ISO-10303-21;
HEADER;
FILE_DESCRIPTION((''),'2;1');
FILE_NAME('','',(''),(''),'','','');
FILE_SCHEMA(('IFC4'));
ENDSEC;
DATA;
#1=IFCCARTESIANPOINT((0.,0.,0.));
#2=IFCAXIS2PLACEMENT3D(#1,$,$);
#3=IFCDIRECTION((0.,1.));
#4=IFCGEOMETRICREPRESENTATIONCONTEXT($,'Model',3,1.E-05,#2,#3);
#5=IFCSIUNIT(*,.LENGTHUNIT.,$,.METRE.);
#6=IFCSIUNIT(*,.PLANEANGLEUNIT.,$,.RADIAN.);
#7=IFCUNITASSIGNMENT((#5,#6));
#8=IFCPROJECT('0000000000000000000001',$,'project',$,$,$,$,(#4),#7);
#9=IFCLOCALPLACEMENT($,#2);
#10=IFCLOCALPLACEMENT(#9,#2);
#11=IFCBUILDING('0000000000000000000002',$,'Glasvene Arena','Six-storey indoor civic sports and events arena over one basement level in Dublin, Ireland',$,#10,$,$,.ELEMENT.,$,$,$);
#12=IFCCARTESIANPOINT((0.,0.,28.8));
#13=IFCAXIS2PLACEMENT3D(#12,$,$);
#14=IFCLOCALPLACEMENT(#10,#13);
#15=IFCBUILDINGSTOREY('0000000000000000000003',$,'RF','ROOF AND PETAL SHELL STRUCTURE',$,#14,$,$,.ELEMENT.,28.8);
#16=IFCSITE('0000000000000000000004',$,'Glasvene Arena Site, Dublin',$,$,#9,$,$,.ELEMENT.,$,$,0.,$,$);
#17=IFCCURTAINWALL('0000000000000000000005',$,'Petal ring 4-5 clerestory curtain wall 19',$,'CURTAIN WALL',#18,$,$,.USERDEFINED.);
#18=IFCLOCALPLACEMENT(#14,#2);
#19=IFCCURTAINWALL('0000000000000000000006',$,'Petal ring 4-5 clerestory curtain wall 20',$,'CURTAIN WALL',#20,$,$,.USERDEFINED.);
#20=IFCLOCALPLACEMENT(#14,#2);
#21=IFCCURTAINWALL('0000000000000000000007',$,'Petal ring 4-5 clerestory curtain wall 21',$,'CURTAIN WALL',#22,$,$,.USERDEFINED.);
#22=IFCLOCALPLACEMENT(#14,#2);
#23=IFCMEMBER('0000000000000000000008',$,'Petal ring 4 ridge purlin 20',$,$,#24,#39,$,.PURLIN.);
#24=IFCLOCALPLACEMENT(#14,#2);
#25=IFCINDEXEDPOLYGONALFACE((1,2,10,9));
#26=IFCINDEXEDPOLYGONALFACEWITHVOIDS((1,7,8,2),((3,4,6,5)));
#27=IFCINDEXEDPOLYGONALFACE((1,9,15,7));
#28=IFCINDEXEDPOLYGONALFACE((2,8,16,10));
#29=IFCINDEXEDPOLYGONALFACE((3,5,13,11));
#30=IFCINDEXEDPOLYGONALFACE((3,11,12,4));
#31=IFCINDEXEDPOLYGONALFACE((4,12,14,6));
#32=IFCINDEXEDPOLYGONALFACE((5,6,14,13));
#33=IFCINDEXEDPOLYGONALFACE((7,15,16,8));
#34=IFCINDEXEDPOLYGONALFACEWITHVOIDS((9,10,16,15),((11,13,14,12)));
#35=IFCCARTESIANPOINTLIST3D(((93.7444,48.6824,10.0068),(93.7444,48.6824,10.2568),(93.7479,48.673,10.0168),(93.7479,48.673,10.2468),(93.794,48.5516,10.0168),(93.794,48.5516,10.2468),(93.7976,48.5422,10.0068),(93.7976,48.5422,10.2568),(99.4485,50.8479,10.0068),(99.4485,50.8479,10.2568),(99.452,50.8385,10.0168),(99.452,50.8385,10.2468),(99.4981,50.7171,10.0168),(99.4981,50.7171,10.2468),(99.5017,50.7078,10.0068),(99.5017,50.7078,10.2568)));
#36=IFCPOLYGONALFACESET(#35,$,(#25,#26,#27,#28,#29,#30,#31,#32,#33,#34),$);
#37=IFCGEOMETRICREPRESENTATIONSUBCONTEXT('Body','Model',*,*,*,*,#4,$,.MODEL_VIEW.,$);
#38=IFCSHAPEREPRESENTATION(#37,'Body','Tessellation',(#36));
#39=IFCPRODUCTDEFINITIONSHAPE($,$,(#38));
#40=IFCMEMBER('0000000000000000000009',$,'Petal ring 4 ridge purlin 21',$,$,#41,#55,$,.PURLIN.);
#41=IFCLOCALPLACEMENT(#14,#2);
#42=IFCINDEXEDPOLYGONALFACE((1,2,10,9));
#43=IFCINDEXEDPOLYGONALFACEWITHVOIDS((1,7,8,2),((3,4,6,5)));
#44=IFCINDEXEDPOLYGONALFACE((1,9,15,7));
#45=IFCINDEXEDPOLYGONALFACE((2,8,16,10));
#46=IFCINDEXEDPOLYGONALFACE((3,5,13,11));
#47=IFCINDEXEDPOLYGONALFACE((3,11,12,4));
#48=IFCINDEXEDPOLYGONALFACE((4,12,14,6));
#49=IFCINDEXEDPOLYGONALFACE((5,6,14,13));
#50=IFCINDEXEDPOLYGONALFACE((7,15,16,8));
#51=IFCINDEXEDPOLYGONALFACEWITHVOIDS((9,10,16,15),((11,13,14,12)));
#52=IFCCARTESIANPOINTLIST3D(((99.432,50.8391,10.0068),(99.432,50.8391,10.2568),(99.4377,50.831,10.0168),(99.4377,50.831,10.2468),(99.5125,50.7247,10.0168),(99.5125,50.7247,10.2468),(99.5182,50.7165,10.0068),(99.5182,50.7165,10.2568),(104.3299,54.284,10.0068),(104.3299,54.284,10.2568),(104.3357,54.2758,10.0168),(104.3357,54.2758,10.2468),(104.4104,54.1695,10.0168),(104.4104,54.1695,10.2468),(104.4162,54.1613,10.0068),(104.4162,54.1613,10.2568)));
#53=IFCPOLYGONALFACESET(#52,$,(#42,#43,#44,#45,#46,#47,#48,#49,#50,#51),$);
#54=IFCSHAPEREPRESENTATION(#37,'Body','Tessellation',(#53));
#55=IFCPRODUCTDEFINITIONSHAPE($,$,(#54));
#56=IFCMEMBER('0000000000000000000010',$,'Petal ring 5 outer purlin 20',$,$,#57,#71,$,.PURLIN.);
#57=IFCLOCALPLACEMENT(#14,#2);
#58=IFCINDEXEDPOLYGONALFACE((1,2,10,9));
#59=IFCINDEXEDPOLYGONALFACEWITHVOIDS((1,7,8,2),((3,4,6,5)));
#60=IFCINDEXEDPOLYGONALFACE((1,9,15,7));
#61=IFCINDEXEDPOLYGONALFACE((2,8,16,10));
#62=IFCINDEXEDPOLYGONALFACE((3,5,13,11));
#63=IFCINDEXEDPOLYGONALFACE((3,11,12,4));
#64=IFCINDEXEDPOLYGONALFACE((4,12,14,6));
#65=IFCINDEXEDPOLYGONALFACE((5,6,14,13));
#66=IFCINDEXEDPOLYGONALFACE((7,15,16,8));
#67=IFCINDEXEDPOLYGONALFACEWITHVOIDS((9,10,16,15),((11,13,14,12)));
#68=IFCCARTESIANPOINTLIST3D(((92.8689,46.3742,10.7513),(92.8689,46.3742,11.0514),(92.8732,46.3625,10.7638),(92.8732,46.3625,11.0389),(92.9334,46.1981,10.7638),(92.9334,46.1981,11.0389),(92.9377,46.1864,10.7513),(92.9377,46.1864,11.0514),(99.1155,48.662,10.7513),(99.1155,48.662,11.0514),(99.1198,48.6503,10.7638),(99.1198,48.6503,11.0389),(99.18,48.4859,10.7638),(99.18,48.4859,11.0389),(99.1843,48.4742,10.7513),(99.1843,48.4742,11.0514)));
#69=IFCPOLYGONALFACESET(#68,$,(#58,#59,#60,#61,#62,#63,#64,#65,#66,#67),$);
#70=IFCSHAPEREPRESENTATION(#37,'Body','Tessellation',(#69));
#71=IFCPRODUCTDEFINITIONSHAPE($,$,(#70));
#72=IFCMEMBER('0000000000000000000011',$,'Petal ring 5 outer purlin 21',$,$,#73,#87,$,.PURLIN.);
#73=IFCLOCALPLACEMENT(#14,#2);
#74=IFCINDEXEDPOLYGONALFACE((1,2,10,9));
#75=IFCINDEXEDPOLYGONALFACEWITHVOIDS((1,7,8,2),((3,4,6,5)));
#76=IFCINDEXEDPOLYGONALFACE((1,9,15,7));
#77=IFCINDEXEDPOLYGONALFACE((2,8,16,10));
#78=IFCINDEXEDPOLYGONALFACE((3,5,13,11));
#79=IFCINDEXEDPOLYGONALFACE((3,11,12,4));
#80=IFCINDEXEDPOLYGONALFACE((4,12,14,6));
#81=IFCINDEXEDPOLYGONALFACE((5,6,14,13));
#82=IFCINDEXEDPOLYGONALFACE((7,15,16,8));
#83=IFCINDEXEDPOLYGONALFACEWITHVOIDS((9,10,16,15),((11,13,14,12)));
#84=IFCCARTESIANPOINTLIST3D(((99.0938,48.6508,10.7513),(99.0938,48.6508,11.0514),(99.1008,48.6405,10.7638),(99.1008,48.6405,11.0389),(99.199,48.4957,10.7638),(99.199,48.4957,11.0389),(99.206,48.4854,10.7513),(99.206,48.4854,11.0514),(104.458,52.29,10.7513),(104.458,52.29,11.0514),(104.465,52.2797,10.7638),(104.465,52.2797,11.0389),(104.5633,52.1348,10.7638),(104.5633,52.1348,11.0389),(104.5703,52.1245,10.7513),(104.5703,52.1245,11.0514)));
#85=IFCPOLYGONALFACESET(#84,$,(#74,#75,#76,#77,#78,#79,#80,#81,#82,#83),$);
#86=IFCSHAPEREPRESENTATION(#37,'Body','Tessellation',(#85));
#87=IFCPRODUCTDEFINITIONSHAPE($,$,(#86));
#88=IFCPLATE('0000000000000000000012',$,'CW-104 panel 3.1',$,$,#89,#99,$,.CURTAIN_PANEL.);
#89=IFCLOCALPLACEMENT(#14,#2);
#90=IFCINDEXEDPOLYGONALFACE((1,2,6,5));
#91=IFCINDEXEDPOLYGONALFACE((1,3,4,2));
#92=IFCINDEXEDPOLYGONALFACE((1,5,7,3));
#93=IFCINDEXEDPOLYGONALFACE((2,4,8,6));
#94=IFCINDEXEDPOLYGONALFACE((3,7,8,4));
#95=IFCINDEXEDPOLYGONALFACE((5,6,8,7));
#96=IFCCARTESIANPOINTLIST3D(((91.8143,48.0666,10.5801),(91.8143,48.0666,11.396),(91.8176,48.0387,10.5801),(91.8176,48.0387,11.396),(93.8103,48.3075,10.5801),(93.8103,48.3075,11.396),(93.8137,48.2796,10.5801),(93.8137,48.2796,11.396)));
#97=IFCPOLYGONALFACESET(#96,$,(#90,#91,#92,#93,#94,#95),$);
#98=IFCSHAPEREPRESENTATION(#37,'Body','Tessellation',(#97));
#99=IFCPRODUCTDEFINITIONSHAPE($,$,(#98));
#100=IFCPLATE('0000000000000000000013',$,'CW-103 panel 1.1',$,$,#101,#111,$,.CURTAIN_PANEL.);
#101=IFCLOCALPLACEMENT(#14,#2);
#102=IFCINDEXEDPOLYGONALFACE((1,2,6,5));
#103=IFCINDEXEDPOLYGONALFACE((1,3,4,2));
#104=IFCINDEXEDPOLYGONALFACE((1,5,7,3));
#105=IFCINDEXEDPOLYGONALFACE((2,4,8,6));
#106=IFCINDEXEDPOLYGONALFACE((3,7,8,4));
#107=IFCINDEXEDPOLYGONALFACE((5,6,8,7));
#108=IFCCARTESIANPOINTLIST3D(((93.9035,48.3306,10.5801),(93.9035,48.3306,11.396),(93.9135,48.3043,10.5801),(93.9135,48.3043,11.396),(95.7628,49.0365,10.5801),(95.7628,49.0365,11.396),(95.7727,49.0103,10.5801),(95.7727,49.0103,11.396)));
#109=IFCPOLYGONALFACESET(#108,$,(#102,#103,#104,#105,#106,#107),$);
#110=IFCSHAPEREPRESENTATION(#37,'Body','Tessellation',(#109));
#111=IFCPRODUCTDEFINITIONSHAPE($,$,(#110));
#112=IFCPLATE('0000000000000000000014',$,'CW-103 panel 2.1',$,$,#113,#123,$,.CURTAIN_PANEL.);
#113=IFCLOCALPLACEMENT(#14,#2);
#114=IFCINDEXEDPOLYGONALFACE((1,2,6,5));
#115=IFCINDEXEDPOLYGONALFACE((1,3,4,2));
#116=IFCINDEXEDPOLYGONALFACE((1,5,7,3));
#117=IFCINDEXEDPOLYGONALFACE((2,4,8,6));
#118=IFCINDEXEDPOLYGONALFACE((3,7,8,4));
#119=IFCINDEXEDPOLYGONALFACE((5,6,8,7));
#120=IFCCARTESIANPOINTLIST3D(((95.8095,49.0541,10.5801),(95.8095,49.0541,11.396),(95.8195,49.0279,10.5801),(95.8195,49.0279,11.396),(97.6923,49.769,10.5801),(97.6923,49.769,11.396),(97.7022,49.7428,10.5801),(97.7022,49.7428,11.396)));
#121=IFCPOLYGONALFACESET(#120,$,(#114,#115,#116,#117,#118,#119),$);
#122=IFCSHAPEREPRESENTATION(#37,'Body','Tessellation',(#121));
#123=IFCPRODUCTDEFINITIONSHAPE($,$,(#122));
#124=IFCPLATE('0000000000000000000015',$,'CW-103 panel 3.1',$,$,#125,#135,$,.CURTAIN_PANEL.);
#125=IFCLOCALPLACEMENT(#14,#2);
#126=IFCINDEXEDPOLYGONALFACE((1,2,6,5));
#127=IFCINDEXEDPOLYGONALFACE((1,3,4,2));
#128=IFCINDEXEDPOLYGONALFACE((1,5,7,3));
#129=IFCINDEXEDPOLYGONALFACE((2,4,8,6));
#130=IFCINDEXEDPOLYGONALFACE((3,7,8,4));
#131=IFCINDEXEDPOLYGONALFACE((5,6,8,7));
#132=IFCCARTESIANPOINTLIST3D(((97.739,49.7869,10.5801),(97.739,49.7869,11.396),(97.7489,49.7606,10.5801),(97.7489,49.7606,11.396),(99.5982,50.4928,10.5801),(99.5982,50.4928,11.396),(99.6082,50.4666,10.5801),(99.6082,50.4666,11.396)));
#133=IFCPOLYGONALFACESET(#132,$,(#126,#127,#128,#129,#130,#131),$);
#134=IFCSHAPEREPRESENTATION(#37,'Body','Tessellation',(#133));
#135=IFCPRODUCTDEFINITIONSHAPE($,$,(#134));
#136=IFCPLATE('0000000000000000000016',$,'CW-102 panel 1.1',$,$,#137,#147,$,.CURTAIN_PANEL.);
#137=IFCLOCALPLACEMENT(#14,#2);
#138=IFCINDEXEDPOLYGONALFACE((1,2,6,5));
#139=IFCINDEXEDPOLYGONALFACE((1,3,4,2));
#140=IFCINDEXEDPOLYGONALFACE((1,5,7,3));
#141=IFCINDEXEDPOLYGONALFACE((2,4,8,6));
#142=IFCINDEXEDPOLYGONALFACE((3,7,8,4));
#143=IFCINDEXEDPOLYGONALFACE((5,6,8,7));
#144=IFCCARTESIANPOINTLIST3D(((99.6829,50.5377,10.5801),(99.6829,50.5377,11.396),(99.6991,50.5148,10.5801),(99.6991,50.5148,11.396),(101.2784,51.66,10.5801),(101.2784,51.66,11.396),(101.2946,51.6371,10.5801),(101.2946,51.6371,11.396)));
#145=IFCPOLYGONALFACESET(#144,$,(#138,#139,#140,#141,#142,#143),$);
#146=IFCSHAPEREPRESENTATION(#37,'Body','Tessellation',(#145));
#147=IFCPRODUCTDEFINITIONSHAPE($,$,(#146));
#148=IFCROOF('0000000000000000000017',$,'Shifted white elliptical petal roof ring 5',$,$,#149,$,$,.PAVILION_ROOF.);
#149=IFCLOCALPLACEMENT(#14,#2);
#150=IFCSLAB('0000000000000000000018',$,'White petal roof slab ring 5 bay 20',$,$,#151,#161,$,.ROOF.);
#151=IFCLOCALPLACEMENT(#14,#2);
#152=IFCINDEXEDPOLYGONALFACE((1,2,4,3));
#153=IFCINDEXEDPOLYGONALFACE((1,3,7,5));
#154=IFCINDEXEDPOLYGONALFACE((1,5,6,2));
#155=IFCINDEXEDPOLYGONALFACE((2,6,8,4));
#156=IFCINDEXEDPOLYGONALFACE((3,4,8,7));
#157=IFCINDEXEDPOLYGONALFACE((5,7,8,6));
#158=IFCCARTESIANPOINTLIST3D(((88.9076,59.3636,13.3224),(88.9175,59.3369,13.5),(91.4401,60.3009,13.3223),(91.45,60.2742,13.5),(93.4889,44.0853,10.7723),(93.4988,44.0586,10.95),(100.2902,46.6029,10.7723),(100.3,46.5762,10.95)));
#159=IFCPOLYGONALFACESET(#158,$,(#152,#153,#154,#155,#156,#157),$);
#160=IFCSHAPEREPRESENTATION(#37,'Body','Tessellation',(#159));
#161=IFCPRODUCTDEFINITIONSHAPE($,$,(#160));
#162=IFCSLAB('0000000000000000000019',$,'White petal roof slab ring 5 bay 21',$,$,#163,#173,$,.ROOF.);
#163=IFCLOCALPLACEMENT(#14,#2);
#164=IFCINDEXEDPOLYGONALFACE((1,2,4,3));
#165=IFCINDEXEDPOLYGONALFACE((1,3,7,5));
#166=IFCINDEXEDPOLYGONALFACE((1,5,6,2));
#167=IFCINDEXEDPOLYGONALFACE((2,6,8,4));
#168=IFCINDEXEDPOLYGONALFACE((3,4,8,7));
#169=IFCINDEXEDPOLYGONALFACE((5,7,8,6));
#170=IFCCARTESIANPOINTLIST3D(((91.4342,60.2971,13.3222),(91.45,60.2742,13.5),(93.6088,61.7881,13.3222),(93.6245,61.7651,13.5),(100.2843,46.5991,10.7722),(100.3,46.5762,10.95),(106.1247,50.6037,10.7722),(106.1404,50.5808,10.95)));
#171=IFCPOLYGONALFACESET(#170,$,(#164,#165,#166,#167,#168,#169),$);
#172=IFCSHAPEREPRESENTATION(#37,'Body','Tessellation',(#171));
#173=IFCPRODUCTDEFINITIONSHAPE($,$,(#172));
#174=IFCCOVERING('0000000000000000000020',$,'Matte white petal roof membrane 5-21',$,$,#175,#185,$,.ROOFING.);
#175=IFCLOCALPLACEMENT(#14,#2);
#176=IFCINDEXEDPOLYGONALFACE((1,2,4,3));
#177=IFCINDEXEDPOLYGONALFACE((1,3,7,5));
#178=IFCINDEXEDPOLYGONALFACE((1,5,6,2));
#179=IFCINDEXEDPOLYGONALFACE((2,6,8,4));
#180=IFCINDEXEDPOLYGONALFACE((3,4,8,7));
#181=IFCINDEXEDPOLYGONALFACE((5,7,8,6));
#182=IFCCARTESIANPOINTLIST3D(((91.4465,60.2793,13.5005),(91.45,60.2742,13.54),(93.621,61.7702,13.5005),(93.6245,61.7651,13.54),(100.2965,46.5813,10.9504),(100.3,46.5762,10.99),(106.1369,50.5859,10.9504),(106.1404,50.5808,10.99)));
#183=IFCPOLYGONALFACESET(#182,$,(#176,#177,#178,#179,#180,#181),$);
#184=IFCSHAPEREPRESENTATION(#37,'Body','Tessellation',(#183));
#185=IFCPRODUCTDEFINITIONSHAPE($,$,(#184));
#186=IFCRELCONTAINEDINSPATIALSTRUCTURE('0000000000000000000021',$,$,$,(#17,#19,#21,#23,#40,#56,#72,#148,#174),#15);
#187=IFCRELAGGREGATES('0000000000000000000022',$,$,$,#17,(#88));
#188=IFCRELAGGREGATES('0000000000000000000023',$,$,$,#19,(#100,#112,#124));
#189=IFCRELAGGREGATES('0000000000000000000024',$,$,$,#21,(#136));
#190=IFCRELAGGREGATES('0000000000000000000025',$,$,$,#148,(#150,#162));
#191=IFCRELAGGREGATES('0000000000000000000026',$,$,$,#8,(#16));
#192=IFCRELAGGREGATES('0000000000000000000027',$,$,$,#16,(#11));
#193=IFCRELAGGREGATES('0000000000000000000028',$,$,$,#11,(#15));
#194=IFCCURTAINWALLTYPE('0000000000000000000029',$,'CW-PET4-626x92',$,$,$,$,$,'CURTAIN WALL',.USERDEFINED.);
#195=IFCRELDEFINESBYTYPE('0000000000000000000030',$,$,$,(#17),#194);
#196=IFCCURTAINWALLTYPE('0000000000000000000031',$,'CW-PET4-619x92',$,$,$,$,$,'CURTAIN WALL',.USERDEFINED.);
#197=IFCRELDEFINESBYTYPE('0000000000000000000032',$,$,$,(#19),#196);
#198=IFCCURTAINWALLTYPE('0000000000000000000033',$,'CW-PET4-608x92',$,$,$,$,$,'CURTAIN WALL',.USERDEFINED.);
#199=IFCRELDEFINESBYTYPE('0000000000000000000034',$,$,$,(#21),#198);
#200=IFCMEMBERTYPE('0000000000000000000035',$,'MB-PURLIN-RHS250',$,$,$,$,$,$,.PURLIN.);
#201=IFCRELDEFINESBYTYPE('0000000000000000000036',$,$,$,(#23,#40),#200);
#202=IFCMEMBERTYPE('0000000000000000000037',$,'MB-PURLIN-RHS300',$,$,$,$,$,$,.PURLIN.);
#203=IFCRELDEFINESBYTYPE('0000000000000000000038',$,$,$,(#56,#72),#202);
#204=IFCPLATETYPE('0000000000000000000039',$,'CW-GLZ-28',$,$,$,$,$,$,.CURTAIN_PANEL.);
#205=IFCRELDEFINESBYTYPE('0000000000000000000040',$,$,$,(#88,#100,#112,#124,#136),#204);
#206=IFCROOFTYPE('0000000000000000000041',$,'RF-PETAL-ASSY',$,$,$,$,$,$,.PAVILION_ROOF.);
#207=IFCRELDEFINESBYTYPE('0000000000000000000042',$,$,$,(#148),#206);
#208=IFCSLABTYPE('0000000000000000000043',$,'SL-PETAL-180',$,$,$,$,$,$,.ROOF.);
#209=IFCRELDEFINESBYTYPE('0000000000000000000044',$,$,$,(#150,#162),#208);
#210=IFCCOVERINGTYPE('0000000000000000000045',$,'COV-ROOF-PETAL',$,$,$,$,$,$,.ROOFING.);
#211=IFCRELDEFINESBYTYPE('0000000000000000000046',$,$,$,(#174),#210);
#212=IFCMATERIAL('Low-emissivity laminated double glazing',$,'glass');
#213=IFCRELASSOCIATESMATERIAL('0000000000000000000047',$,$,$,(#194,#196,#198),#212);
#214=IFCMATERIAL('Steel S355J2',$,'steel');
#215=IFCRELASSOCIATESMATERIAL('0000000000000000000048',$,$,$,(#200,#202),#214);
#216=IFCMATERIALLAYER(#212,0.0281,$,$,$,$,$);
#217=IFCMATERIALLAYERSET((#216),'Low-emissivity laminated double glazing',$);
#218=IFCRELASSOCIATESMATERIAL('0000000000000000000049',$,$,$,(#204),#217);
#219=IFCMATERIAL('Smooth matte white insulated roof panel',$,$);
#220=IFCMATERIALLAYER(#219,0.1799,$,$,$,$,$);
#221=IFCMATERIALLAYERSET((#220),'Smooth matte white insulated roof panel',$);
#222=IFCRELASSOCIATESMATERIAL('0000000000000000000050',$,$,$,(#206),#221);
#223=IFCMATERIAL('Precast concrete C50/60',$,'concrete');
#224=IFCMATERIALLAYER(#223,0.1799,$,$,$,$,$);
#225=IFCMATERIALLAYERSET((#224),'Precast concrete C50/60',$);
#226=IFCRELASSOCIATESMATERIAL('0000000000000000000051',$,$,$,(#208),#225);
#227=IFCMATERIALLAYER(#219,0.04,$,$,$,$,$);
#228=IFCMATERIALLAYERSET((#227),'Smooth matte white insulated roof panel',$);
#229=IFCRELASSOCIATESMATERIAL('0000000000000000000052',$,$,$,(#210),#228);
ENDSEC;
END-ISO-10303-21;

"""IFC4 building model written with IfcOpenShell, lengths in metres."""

from ifc_helpers import new_model, si_unit, direction, frame, origin, origin_2d, place, context, subcontext, project, spatial, polyline, rectangle, hollow_rectangle, outline, extrude, material, layer, layer_set, material_profile, profile_set, type_object, element, aggregate, save


model = new_model("IFC4")

# Units and contexts
model_context = context("Model", 3, precision=1e-05, world=origin(), true_north=direction((0.0, 1.0)))
body_context = subcontext(model_context, "Body", "Model", "MODEL_VIEW")
ifc_project = project(units=[si_unit("LENGTHUNIT", "METRE"), si_unit("PLANEANGLEUNIT", "RADIAN")], contexts=[model_context])

# Site, building, storey
site_placement = place(None, origin())
site = spatial("IfcSite", under=ifc_project, at=site_placement, Name="Glasvene Arena Site, Dublin", CompositionType="ELEMENT", RefElevation=0.0)
building_placement = place(site_placement, origin())
building = spatial("IfcBuilding", under=site, at=building_placement, Name="Glasvene Arena", Description="Six-storey indoor civic sports and events arena over one basement level in Dublin, Ireland", CompositionType="ELEMENT")
storey_placement = place(building_placement, frame((0.0, 0.0, 28.8)))
storey = spatial("IfcBuildingStorey", under=building, at=storey_placement, Name="RF", Description="ROOF AND PETAL SHELL STRUCTURE", CompositionType="ELEMENT", Elevation=28.8)

# Curtain walls
ifc_material_1 = material(Name="Low-emissivity laminated double glazing", Category="glass")
curtain_wall_type_1 = type_object("IfcCurtainWallType", Name="CW-PET4-626x92", ElementType="CURTAIN WALL", PredefinedType="USERDEFINED", material=ifc_material_1)
curtain_wall_1_placement = place(storey_placement, frame((87.6499, 47.55, 0.0)))
curtain_wall_1 = element("IfcCurtainWall", 1, at=curtain_wall_1_placement, inside=storey, type_object=curtain_wall_type_1, Name="Petal ring 4-5 clerestory curtain wall 19", ObjectType="CURTAIN WALL", PredefinedType="USERDEFINED")
curtain_wall_type_2 = type_object("IfcCurtainWallType", Name="CW-PET4-619x92", ElementType="CURTAIN WALL", PredefinedType="USERDEFINED", material=ifc_material_1)
curtain_wall_2_placement = place(storey_placement, frame((93.8618, 48.2996, 0.0)))
curtain_wall_2 = element("IfcCurtainWall", 2, at=curtain_wall_2_placement, inside=storey, type_object=curtain_wall_type_2, Name="Petal ring 4-5 clerestory curtain wall 20", ObjectType="CURTAIN WALL", PredefinedType="USERDEFINED")

# Curtain wall
curtain_wall_type_3 = type_object("IfcCurtainWallType", Name="CW-PET4-608x92", ElementType="CURTAIN WALL", PredefinedType="USERDEFINED", material=ifc_material_1)
curtain_wall_3_placement = place(storey_placement, frame((99.6499, 50.4973, 0.0)))
curtain_wall_3 = element("IfcCurtainWall", 3, at=curtain_wall_3_placement, inside=storey, type_object=curtain_wall_type_3, Name="Petal ring 4-5 clerestory curtain wall 21", ObjectType="CURTAIN WALL", PredefinedType="USERDEFINED")

# Members
ifc_material_2 = material(Name="Steel S355J2", Category="steel")
ifc_material_profile_1 = material_profile(ifc_material_2, hollow_rectangle(XDim=0.1499, YDim=0.25, WallThickness=0.01, at=origin_2d()), Name="RHS 250x150x10.0")
ifc_profile_set_1 = profile_set([ifc_material_profile_1], Name="Steel S355J2")
member_type_1 = type_object("IfcMemberType", Name="MB-PURLIN-RHS250", PredefinedType="PURLIN", material=ifc_profile_set_1)
member_1_placement = place(storey_placement, frame((93.771, 48.6123, 10.1318), z_axis=(0.934894, 0.354927, 0.0), x_axis=(-0.354927, 0.934894, 0.0)))
element("IfcMember", 4, at=member_1_placement, inside=storey, type_object=member_type_1, Name="Petal ring 4 ridge purlin 20", PredefinedType="PURLIN", context=body_context, shape_type="SweptSolid", body=[
    extrude(hollow_rectangle(XDim=0.1499, YDim=0.25, WallThickness=0.01, at=origin_2d()), origin(), (0.0, 0.0, 1.0), 6.1013),
])
member_2_placement = place(storey_placement, frame((99.4751, 50.7778, 10.1318), z_axis=(0.817954, 0.575283, 0.0), x_axis=(-0.575283, 0.817954, 0.0)))
element("IfcMember", 5, at=member_2_placement, inside=storey, type_object=member_type_1, Name="Petal ring 4 ridge purlin 21", PredefinedType="PURLIN", context=body_context, shape_type="SweptSolid", body=[
    extrude(hollow_rectangle(XDim=0.1499, YDim=0.25, WallThickness=0.01, at=origin_2d()), origin(), (0.0, 0.0, 1.0), 5.988),
])
ifc_material_profile_2 = material_profile(ifc_material_2, hollow_rectangle(XDim=0.2, YDim=0.3, WallThickness=0.0125, at=origin_2d()), Name="RHS 300x200x12.5")
ifc_profile_set_2 = profile_set([ifc_material_profile_2], Name="Steel S355J2")
member_type_2 = type_object("IfcMemberType", Name="MB-PURLIN-RHS300", PredefinedType="PURLIN", material=ifc_profile_set_2)
member_3_placement = place(storey_placement, frame((92.9033, 46.2803, 10.9014), z_axis=(0.939001, 0.343914, 0.0), x_axis=(-0.343914, 0.939001, 0.0)))
element("IfcMember", 6, at=member_3_placement, inside=storey, type_object=member_type_2, Name="Petal ring 5 outer purlin 20", PredefinedType="PURLIN", context=body_context, shape_type="SweptSolid", body=[
    extrude(hollow_rectangle(XDim=0.2, YDim=0.3, WallThickness=0.0125, at=origin_2d()), origin(), (0.0, 0.0, 1.0), 6.6523),
])
member_4_placement = place(storey_placement, frame((99.1499, 48.5681, 10.9014), z_axis=(0.827538, 0.561409, 0.0), x_axis=(-0.561409, 0.827538, 0.0)))
element("IfcMember", 7, at=member_4_placement, inside=storey, type_object=member_type_2, Name="Petal ring 5 outer purlin 21", PredefinedType="PURLIN", context=body_context, shape_type="SweptSolid", body=[
    extrude(hollow_rectangle(XDim=0.2, YDim=0.3, WallThickness=0.0125, at=origin_2d()), origin(), (0.0, 0.0, 1.0), 6.4822),
])

# Plates
ifc_layer_1 = layer(ifc_material_1, 0.0281)
ifc_layer_set_1 = layer_set([ifc_layer_1], Name="Low-emissivity laminated double glazing")
plate_type = type_object("IfcPlateType", Name="CW-GLZ-28", PredefinedType="CURTAIN_PANEL", material=ifc_layer_set_1)
plate_1_placement = place(storey_placement, frame((92.814, 48.1731, 10.5801), z_axis=(0.0, 0.0, 1.0), x_axis=(0.992797, 0.119806, 0.0)))
plate_1 = element("IfcPlate", 8, at=plate_1_placement, type_object=plate_type, Name="CW-104 panel 3.1", PredefinedType="CURTAIN_PANEL", context=body_context, shape_type="SweptSolid", body=[
    extrude(rectangle(XDim=2.0105, YDim=0.0281, at=origin_2d()), origin(), (0.0, 0.0, 1.0), 0.8159),
])
aggregate(curtain_wall_1, [plate_1])
plate_2_placement = place(storey_placement, frame((94.8381, 48.6704, 10.5801), z_axis=(0.0, 0.0, 1.0), x_axis=(0.934878, 0.35497, 0.0)))
plate_2 = element("IfcPlate", 9, at=plate_2_placement, type_object=plate_type, Name="CW-103 panel 1.1", PredefinedType="CURTAIN_PANEL", context=body_context, shape_type="SweptSolid", body=[
    extrude(rectangle(XDim=1.9888, YDim=0.0281, at=origin_2d()), origin(), (0.0, 0.0, 1.0), 0.8159),
])
plate_3_placement = place(storey_placement, frame((96.7559, 49.3984, 10.5801), z_axis=(0.0, 0.0, 1.0), x_axis=(0.934878, 0.35497, 0.0)))
plate_3 = element("IfcPlate", 10, at=plate_3_placement, type_object=plate_type, Name="CW-103 panel 2.1", PredefinedType="CURTAIN_PANEL", context=body_context, shape_type="SweptSolid", body=[
    extrude(rectangle(XDim=2.0139, YDim=0.0281, at=origin_2d()), origin(), (0.0, 0.0, 1.0), 0.8159),
])
plate_4_placement = place(storey_placement, frame((98.6736, 50.1267, 10.5801), z_axis=(0.0, 0.0, 1.0), x_axis=(0.934878, 0.35497, 0.0)))
plate_4 = element("IfcPlate", 11, at=plate_4_placement, type_object=plate_type, Name="CW-103 panel 3.1", PredefinedType="CURTAIN_PANEL", context=body_context, shape_type="SweptSolid", body=[
    extrude(rectangle(XDim=1.9888, YDim=0.0281, at=origin_2d()), origin(), (0.0, 0.0, 1.0), 0.8159),
])
aggregate(curtain_wall_2, [plate_2, plate_3, plate_4])
plate_5_placement = place(storey_placement, frame((100.4888, 51.0874, 10.5801), z_axis=(0.0, 0.0, 1.0), x_axis=(0.817925, 0.575325, 0.0)))
plate_5 = element("IfcPlate", 12, at=plate_5_placement, type_object=plate_type, Name="CW-102 panel 1.1", PredefinedType="CURTAIN_PANEL", context=body_context, shape_type="SweptSolid", body=[
    extrude(rectangle(XDim=1.9507, YDim=0.0281, at=origin_2d()), origin(), (0.0, 0.0, 1.0), 0.8159),
])
aggregate(curtain_wall_3, [plate_5])

# Roof, slabs
ifc_material_3 = material(Name="Smooth matte white insulated roof panel")
ifc_layer_2 = layer(ifc_material_3, 0.1799)
ifc_layer_set_2 = layer_set([ifc_layer_2], Name="Smooth matte white insulated roof panel")
roof_type = type_object("IfcRoofType", Name="RF-PETAL-ASSY", PredefinedType="PAVILION_ROOF", material=ifc_layer_set_2)
roof_placement = place(storey_placement, frame((86.2, 68.3999, 10.95)))
roof = element("IfcRoof", 13, at=roof_placement, inside=storey, type_object=roof_type, Name="Shifted white elliptical petal roof ring 5", PredefinedType="PAVILION_ROOF")
ifc_material_4 = material(Name="Precast concrete C50/60", Category="concrete")
ifc_layer_3 = layer(ifc_material_4, 0.1799)
ifc_layer_set_3 = layer_set([ifc_layer_3], Name="Precast concrete C50/60")
slab_type = type_object("IfcSlabType", Name="SL-PETAL-180", PredefinedType="ROOF", material=ifc_layer_set_3)
slab_1_placement = place(storey_placement, frame((93.4988, 44.0586, 10.95), z_axis=(0.054908, -0.148342, 0.987411), x_axis=(0.937812, 0.347143, 0.000003)))
slab_1 = element("IfcSlab", 14, at=slab_1_placement, type_object=slab_type, Name="White petal roof slab ring 5 bay 20", PredefinedType="ROOF", context=body_context, shape_type="SweptSolid", body=[
    extrude(outline(polyline([(0.0, 0.0), (7.2523, 0.0), (3.7077, 16.1214), (1.0074, 16.1215), (0.0, 0.0)])), origin(), (0.0, 0.0, -1.0), 0.1799),
])
slab_2_placement = place(storey_placement, frame((100.3, 46.5762, 10.95), z_axis=(0.087396, -0.127461, 0.987986), x_axis=(0.82474, 0.565513, 0.000001)))
slab_2 = element("IfcSlab", 15, at=slab_2_placement, type_object=slab_type, Name="White petal roof slab ring 5 bay 21", PredefinedType="ROOF", context=body_context, shape_type="SweptSolid", body=[
    extrude(outline(polyline([(0.0, 0.0), (7.0814, 0.0), (3.084, 16.5003), (0.4474, 16.5004), (0.0, 0.0)])), origin(), (0.0, 0.0, -1.0), 0.1799),
])
aggregate(roof, [slab_1, slab_2])

# Covering
ifc_layer_4 = layer(ifc_material_3, 0.04)
ifc_layer_set_4 = layer_set([ifc_layer_4], Name="Smooth matte white insulated roof panel")
covering_type = type_object("IfcCoveringType", Name="COV-ROOF-PETAL", PredefinedType="ROOFING", material=ifc_layer_set_4)
covering_placement = place(storey_placement, frame((100.3, 46.5762, 10.99), z_axis=(0.087396, -0.127461, 0.987986), x_axis=(0.82474, 0.565513, 0.000001)))
element("IfcCovering", 16, at=covering_placement, inside=storey, type_object=covering_type, Name="Matte white petal roof membrane 5-21", PredefinedType="ROOFING", context=body_context, shape_type="SweptSolid", body=[
    extrude(outline(polyline([(0.0, 0.0), (7.0814, 0.0), (3.084, 16.5003), (0.4474, 16.5004), (0.0, 0.0)])), origin(), (0.0, 0.0, -1.0), 0.04),
])

save(model, "model.ifc")
